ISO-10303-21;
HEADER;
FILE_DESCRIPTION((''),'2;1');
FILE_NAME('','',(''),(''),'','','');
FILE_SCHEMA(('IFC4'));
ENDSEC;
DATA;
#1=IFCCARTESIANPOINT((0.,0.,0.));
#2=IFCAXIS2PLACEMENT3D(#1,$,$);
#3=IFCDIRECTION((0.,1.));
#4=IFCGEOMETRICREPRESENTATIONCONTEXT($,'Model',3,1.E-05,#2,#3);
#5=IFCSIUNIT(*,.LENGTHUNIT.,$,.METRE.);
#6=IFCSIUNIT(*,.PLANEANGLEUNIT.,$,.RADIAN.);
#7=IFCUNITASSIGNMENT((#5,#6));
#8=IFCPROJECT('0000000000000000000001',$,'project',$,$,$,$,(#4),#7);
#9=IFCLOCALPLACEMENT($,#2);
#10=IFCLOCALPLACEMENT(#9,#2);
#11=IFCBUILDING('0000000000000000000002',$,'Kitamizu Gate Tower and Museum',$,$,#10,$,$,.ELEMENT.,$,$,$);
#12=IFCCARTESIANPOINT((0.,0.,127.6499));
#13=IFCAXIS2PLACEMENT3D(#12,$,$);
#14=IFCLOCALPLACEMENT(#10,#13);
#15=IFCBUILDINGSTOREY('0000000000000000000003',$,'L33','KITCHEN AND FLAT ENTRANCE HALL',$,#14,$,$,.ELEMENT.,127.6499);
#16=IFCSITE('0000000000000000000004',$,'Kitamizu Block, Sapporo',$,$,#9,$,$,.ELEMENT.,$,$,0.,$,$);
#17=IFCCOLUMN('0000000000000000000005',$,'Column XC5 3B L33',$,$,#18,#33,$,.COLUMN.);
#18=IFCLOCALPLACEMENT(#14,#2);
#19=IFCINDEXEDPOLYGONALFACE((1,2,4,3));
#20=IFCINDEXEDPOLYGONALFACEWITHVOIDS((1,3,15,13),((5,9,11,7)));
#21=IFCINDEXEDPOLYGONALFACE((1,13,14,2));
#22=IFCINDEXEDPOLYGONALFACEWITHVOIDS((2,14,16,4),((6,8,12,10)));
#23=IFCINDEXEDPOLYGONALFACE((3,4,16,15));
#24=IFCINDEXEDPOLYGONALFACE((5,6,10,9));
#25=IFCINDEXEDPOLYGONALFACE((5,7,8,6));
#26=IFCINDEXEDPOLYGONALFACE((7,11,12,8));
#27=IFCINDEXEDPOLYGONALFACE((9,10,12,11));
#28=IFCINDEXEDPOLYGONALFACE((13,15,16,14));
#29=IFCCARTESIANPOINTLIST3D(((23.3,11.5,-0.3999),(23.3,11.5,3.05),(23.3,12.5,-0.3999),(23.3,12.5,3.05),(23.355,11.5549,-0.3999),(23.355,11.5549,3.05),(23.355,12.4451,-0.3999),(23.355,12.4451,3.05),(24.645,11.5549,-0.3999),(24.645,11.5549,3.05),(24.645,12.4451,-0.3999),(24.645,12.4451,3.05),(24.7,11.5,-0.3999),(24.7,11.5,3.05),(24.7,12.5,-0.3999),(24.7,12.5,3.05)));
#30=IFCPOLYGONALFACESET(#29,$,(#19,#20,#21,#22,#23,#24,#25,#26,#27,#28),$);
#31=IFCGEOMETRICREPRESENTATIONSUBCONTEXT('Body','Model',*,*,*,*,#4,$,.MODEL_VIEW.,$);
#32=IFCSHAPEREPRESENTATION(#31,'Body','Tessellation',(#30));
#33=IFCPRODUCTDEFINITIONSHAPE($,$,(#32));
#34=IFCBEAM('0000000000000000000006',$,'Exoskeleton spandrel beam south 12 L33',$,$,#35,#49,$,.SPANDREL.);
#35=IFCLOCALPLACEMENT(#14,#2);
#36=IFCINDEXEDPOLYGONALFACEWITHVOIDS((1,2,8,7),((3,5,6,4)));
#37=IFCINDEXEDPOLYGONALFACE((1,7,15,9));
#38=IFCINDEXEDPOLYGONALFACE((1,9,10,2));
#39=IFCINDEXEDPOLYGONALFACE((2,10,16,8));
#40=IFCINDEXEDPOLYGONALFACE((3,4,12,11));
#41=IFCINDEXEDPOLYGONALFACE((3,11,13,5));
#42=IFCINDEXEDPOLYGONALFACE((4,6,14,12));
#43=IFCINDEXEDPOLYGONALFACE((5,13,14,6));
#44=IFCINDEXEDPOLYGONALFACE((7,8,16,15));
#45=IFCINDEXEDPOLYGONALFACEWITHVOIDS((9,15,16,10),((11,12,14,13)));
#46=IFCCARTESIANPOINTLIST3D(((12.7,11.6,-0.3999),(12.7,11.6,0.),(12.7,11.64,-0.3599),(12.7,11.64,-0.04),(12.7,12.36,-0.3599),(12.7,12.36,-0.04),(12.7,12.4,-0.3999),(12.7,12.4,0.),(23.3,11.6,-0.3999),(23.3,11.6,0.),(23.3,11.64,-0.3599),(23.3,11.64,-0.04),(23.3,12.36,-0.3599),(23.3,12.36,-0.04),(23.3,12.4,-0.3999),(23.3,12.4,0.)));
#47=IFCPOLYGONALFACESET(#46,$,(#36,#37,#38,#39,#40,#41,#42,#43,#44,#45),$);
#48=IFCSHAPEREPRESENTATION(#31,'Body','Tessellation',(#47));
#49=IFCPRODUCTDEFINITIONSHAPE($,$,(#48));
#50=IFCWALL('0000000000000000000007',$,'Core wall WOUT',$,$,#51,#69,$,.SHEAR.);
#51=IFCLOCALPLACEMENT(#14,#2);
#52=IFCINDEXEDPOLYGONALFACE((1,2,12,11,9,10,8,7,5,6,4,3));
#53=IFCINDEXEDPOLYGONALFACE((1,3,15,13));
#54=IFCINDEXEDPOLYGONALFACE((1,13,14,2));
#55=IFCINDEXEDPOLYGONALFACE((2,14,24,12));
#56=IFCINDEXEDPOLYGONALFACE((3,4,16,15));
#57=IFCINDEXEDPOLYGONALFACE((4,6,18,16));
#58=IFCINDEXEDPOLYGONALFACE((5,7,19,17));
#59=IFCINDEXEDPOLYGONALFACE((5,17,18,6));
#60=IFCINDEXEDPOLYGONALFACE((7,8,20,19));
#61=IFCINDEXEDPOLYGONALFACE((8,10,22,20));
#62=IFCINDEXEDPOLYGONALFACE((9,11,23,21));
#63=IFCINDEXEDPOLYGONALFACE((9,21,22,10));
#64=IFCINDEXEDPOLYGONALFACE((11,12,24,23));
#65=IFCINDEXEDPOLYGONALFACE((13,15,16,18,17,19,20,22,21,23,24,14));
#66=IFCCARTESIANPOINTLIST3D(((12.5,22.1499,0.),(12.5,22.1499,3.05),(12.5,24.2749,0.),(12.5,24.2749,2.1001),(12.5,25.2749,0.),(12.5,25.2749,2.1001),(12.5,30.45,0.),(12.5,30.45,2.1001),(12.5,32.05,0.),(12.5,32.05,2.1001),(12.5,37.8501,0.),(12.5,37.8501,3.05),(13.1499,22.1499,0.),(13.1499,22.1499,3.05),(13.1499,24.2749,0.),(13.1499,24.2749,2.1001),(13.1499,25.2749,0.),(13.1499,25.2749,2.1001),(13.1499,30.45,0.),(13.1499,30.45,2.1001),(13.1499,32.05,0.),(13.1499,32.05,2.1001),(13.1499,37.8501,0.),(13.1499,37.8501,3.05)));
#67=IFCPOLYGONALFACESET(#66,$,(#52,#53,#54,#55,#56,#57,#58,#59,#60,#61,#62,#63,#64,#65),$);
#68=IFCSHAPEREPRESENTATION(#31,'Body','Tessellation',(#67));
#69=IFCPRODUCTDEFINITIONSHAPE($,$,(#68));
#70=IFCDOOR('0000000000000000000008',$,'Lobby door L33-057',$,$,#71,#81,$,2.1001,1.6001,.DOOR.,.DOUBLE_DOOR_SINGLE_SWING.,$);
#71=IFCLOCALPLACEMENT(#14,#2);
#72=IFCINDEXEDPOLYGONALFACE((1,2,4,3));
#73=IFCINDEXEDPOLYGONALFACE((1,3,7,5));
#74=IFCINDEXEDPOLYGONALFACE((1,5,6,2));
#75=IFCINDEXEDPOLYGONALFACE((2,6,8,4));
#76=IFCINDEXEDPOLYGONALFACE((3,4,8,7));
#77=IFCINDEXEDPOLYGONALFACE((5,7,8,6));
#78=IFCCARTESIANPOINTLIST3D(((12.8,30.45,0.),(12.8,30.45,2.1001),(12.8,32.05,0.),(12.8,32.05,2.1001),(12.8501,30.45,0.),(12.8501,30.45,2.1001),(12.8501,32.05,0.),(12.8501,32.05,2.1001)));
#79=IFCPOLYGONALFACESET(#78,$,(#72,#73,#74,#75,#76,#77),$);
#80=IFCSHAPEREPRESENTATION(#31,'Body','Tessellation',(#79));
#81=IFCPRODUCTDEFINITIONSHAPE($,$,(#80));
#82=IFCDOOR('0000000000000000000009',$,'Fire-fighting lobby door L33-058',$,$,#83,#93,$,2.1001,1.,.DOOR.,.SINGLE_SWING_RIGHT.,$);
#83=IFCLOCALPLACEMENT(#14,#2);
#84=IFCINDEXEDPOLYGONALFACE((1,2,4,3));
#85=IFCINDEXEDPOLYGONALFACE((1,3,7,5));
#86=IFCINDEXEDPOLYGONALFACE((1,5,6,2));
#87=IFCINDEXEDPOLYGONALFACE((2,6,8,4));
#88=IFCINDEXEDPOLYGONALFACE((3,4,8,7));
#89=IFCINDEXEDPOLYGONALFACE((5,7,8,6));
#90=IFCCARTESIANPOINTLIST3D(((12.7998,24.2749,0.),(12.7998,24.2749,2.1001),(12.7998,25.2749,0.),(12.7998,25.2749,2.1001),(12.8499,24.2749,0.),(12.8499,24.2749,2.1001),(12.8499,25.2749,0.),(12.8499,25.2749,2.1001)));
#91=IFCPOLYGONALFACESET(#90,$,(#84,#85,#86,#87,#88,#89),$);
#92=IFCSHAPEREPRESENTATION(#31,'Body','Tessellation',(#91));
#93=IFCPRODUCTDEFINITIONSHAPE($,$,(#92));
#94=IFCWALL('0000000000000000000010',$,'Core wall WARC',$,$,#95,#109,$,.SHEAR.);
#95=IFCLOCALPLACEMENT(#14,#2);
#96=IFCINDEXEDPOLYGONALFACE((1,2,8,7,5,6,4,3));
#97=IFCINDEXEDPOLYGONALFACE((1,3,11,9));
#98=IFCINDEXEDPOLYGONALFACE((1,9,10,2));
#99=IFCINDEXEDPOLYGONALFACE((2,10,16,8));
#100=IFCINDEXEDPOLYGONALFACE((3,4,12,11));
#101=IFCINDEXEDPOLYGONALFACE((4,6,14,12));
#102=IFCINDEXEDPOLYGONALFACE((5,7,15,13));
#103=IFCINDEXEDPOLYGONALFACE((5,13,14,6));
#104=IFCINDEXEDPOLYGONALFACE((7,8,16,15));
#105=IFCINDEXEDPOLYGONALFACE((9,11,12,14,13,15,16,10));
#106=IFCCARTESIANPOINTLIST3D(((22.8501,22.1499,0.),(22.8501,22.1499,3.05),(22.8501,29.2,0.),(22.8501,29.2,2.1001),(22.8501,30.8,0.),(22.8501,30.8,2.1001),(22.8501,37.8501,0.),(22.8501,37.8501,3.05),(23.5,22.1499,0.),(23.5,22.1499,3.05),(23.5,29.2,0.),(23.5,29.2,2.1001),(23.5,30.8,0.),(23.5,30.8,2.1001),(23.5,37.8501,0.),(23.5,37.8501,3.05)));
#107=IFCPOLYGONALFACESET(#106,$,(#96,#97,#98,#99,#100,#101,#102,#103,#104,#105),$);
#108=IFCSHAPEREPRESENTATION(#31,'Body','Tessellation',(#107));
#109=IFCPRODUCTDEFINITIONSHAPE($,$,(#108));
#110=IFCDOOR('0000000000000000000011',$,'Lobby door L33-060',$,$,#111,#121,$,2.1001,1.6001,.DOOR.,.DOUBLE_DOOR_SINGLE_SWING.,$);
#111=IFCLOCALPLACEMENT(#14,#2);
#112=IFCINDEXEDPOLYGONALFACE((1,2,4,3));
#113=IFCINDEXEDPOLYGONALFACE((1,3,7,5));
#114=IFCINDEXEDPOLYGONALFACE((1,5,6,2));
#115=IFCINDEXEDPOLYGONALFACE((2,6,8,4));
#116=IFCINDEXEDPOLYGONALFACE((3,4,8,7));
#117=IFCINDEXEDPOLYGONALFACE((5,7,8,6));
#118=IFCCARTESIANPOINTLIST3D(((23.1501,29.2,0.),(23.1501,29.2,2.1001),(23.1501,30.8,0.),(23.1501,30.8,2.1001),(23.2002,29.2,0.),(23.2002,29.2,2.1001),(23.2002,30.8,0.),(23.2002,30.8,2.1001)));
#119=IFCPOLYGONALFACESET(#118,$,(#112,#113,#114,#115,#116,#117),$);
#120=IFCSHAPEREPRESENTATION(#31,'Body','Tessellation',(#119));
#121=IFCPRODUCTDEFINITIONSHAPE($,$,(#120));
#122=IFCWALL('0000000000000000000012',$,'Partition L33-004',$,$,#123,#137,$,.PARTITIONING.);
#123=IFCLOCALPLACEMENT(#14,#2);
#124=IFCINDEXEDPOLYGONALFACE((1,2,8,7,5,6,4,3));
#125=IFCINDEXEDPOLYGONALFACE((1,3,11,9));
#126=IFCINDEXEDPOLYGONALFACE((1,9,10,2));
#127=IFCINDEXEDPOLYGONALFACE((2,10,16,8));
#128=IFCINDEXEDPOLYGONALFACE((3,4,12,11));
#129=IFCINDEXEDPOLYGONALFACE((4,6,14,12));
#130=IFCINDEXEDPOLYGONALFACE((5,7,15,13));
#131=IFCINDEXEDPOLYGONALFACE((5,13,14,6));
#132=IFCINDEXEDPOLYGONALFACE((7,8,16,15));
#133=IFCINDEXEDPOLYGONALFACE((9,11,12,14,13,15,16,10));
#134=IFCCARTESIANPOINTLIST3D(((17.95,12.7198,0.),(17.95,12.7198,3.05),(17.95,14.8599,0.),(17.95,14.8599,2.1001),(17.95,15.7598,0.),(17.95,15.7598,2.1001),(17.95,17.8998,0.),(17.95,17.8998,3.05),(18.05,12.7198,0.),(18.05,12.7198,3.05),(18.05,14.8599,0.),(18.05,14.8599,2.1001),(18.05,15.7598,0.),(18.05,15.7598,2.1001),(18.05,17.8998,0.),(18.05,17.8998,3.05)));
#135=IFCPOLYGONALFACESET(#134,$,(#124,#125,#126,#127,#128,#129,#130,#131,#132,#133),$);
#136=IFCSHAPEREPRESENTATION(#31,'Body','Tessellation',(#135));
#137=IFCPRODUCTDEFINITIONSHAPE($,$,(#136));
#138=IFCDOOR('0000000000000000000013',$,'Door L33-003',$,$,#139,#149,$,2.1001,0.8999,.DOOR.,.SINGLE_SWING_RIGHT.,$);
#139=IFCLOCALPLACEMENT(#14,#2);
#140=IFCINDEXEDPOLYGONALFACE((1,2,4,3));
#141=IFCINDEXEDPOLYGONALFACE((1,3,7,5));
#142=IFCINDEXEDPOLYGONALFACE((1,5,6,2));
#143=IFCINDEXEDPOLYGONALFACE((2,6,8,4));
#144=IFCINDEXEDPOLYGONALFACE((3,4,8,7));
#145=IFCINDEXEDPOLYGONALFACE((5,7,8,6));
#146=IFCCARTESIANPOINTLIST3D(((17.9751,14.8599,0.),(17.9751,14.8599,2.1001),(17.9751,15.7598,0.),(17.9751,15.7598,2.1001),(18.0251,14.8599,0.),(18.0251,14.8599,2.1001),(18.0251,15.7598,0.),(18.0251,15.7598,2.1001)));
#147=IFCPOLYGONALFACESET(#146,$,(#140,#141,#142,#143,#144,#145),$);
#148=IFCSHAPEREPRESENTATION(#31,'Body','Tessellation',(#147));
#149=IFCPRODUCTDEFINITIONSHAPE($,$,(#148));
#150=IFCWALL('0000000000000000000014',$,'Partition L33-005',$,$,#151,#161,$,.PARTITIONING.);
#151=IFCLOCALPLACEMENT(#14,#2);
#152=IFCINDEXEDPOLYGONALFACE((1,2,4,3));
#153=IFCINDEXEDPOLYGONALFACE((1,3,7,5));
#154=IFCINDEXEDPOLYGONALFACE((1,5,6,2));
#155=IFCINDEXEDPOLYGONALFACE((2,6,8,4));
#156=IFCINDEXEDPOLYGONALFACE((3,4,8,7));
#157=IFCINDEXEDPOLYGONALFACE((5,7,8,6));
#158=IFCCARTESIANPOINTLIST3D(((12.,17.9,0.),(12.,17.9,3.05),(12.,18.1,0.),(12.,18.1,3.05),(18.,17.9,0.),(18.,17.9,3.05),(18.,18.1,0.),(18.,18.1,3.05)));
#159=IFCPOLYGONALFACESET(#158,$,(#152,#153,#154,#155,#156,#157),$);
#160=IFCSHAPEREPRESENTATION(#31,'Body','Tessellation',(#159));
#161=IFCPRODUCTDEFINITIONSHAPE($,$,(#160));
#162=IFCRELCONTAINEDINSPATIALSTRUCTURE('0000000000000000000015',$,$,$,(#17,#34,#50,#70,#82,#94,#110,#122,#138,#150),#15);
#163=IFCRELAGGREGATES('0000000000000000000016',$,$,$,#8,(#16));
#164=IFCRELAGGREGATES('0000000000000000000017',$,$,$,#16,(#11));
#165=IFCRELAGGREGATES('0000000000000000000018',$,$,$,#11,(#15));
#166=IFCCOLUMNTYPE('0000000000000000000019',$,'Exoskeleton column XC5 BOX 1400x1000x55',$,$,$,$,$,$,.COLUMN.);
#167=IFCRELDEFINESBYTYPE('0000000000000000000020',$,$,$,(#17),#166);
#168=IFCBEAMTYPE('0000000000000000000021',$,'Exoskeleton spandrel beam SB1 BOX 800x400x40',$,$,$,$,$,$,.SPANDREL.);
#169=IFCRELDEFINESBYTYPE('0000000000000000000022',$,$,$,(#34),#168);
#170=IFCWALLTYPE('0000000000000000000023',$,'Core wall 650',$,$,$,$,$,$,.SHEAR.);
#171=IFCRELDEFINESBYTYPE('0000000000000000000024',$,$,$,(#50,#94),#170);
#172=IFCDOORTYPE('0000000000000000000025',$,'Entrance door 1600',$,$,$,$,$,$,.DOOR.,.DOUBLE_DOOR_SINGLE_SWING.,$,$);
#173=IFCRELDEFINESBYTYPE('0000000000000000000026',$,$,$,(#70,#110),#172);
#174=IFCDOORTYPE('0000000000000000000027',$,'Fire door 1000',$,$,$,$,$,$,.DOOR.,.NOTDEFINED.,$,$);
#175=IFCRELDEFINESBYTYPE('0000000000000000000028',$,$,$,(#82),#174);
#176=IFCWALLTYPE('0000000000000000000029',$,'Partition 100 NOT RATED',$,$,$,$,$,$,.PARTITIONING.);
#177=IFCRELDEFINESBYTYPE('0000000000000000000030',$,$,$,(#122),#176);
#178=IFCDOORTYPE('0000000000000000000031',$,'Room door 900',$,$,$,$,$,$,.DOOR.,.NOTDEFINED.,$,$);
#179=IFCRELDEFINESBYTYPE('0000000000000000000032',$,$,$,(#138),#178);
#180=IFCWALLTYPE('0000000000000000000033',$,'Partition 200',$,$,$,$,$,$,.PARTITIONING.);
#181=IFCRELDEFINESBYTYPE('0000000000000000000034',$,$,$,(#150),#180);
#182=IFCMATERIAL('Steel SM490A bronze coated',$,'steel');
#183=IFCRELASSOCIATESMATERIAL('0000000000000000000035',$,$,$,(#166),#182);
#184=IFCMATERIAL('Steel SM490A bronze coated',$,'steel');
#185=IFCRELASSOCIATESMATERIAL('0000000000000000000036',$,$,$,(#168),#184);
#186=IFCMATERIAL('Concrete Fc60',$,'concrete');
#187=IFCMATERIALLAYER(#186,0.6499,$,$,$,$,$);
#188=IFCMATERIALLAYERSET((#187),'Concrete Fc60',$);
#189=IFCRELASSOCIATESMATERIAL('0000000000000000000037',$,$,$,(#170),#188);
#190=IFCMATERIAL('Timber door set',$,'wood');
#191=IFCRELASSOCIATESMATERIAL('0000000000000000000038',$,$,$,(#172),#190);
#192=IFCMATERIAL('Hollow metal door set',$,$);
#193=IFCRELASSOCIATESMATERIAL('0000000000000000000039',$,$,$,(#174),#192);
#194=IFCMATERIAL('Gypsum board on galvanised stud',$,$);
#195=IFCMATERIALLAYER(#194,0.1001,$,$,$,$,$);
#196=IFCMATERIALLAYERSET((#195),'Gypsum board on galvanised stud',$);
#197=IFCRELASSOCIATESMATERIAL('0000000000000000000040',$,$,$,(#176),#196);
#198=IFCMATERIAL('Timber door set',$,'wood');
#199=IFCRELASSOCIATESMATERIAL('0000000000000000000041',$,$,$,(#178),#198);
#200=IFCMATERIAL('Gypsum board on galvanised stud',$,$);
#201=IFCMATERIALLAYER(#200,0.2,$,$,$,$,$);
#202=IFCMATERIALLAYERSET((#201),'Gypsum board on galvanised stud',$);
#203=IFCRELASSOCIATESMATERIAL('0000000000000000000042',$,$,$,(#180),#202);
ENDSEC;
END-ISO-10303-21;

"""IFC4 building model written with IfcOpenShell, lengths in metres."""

from ifc_helpers import new_model, si_unit, direction, frame, frame_2d, origin, origin_2d, place, context, subcontext, project, spatial, rectangle, hollow_rectangle, extrude, material, layer, layer_set, material_profile, profile_set, type_object, element, fill, save


model = new_model("IFC4")

# Units and contexts
model_context = context("Model", 3, precision=1e-05, world=origin(), true_north=direction((0.0, 1.0)))
body_context = subcontext(model_context, "Body", "Model", "MODEL_VIEW")
ifc_project = project(units=[si_unit("LENGTHUNIT", "METRE"), si_unit("PLANEANGLEUNIT", "RADIAN")], contexts=[model_context])

# Site, building, storey
site_placement = place(None, origin())
site = spatial("IfcSite", under=ifc_project, at=site_placement, Name="Kitamizu Block, Sapporo", CompositionType="ELEMENT", RefElevation=0.0)
building_placement = place(site_placement, origin())
building = spatial("IfcBuilding", under=site, at=building_placement, Name="Kitamizu Gate Tower and Museum", CompositionType="ELEMENT")
storey_placement = place(building_placement, frame((0.0, 0.0, 127.6499)))
storey = spatial("IfcBuildingStorey", under=building, at=storey_placement, Name="L33", Description="KITCHEN AND FLAT ENTRANCE HALL", CompositionType="ELEMENT", Elevation=127.6499)

# Column
ifc_material_1 = material(Name="Steel SM490A bronze coated", Category="steel")
ifc_material_profile_1 = material_profile(ifc_material_1, hollow_rectangle(XDim=1.3999, YDim=1.0, WallThickness=0.0549, at=origin_2d()), Name="BOX 1400x1000x55")
ifc_profile_set_1 = profile_set([ifc_material_profile_1], Name="Steel SM490A bronze coated")
column_type = type_object("IfcColumnType", Name="Exoskeleton column XC5 BOX 1400x1000x55", PredefinedType="COLUMN", material=ifc_profile_set_1)
column_placement = place(storey_placement, frame((24.0, 12.0, -0.3999), z_axis=(0.0, 0.0, 1.0), x_axis=(1.0, 0.0, 0.0)))
element("IfcColumn", 1, at=column_placement, inside=storey, type_object=column_type, Name="Column XC5 3B L33", PredefinedType="COLUMN", context=body_context, shape_type="SweptSolid", body=[
    extrude(hollow_rectangle(XDim=1.3999, YDim=1.0, WallThickness=0.0549, at=origin_2d()), origin(), (0.0, 0.0, 1.0), 3.45),
])

# Beam
ifc_material_2 = material(Name="Steel SM490A bronze coated", Category="steel")
ifc_material_profile_2 = material_profile(ifc_material_2, hollow_rectangle(XDim=0.8, YDim=0.3999, WallThickness=0.04, at=origin_2d()), Name="BOX 800x400x40")
ifc_profile_set_2 = profile_set([ifc_material_profile_2], Name="Steel SM490A bronze coated")
beam_type = type_object("IfcBeamType", Name="Exoskeleton spandrel beam SB1 BOX 800x400x40", PredefinedType="SPANDREL", material=ifc_profile_set_2)
beam_placement = place(storey_placement, frame((12.7, 12.0, -0.2), z_axis=(1.0, 0.0, 0.0), x_axis=(0.0, 1.0, 0.0)))
element("IfcBeam", 2, at=beam_placement, inside=storey, type_object=beam_type, Name="Exoskeleton spandrel beam south 12 L33", PredefinedType="SPANDREL", context=body_context, shape_type="SweptSolid", body=[
    extrude(hollow_rectangle(XDim=0.8, YDim=0.3999, WallThickness=0.04, at=origin_2d()), origin(), (0.0, 0.0, 1.0), 10.6001),
])

# Wall, openings, doors
ifc_material_3 = material(Name="Concrete Fc60", Category="concrete")
ifc_layer_1 = layer(ifc_material_3, 0.6499)
ifc_layer_set_1 = layer_set([ifc_layer_1], Name="Concrete Fc60")
wall_type_1 = type_object("IfcWallType", Name="Core wall 650", PredefinedType="SHEAR", material=ifc_layer_set_1)
wall_1_placement = place(storey_placement, frame((12.825, 22.1499, 0.0), z_axis=(0.0, 0.0, 1.0), x_axis=(0.0, 1.0, 0.0)))
wall_1 = element("IfcWall", 3, at=wall_1_placement, inside=storey, type_object=wall_type_1, Name="Core wall WOUT", PredefinedType="SHEAR", context=body_context, shape_type="SweptSolid", body=[
    extrude(rectangle(XDim=15.7002, YDim=0.6499, at=frame_2d((7.8501, 0.0))), origin(), (0.0, 0.0, 1.0), 3.05),
])
opening_1_placement = place(wall_1_placement, frame((8.3, 0.0, 0.0)))
opening_1 = element("IfcOpeningElement", 4, at=opening_1_placement, cuts=wall_1, PredefinedType="OPENING", context=body_context, shape_type="SweptSolid", body=[
    extrude(rectangle(XDim=1.6001, YDim=2.1001, at=frame_2d((0.8, 1.05))), frame((0.0, 0.335, 0.0), z_axis=(0.0, -1.0, 0.0), x_axis=(1.0, 0.0, 0.0)), (0.0, 0.0, 1.0), 0.6699),
])
opening_2_placement = place(wall_1_placement, frame((2.125, 0.0, 0.0)))
opening_2 = element("IfcOpeningElement", 5, at=opening_2_placement, cuts=wall_1, PredefinedType="OPENING", context=body_context, shape_type="SweptSolid", body=[
    extrude(rectangle(XDim=1.0, YDim=2.1001, at=frame_2d((0.5, 1.05))), frame((0.0, 0.335, 0.0), z_axis=(0.0, -1.0, 0.0), x_axis=(1.0, 0.0, 0.0)), (0.0, 0.0, 1.0), 0.6699),
])
ifc_material_4 = material(Name="Timber door set", Category="wood")
door_type_1 = type_object("IfcDoorType", Name="Entrance door 1600", OperationType="DOUBLE_DOOR_SINGLE_SWING", PredefinedType="DOOR", material=ifc_material_4)
door_1_placement = place(opening_1_placement, origin())
door_1 = element("IfcDoor", 6, at=door_1_placement, inside=storey, type_object=door_type_1, Name="Lobby door L33-057", OperationType="DOUBLE_DOOR_SINGLE_SWING", OverallHeight=2.1001, OverallWidth=1.6001, PredefinedType="DOOR", context=body_context, shape_type="SweptSolid", body=[
    extrude(rectangle(XDim=1.6001, YDim=2.1001, at=frame_2d((0.8, 1.05))), frame((0.0, 0.0249, 0.0), z_axis=(0.0, -1.0, 0.0), x_axis=(1.0, 0.0, 0.0)), (0.0, 0.0, 1.0), 0.05),
])
fill(opening_1, door_1)
ifc_material_5 = material(Name="Hollow metal door set")
door_type_2 = type_object("IfcDoorType", Name="Fire door 1000", OperationType="NOTDEFINED", PredefinedType="DOOR", material=ifc_material_5)
door_2_placement = place(opening_2_placement, frame((1.0, 0.0, 0.0), x_axis=(-1.0, 0.0, 0.0)))
door_2 = element("IfcDoor", 7, at=door_2_placement, inside=storey, type_object=door_type_2, Name="Fire-fighting lobby door L33-058", OperationType="SINGLE_SWING_RIGHT", OverallHeight=2.1001, OverallWidth=1.0, PredefinedType="DOOR", context=body_context, shape_type="SweptSolid", body=[
    extrude(rectangle(XDim=1.0, YDim=2.1001, at=frame_2d((0.5, 1.05))), frame((0.0, 0.0249, 0.0), z_axis=(0.0, -1.0, 0.0), x_axis=(1.0, 0.0, 0.0)), (0.0, 0.0, 1.0), 0.05),
])
fill(opening_2, door_2)

# Walls, openings, doors
wall_2_placement = place(storey_placement, frame((23.175, 22.1499, 0.0), z_axis=(0.0, 0.0, 1.0), x_axis=(0.0, 1.0, 0.0)))
wall_2 = element("IfcWall", 8, at=wall_2_placement, inside=storey, type_object=wall_type_1, Name="Core wall WARC", PredefinedType="SHEAR", context=body_context, shape_type="SweptSolid", body=[
    extrude(rectangle(XDim=15.7002, YDim=0.6499, at=frame_2d((7.8501, 0.0))), origin(), (0.0, 0.0, 1.0), 3.05),
])
opening_3_placement = place(wall_2_placement, frame((7.05, 0.0, 0.0)))
opening_3 = element("IfcOpeningElement", 9, at=opening_3_placement, cuts=wall_2, PredefinedType="OPENING", context=body_context, shape_type="SweptSolid", body=[
    extrude(rectangle(XDim=1.6001, YDim=2.1001, at=frame_2d((0.8, 1.05))), frame((0.0, 0.335, 0.0), z_axis=(0.0, -1.0, 0.0), x_axis=(1.0, 0.0, 0.0)), (0.0, 0.0, 1.0), 0.6699),
])
door_3_placement = place(opening_3_placement, origin())
door_3 = element("IfcDoor", 10, at=door_3_placement, inside=storey, type_object=door_type_1, Name="Lobby door L33-060", OperationType="DOUBLE_DOOR_SINGLE_SWING", OverallHeight=2.1001, OverallWidth=1.6001, PredefinedType="DOOR", context=body_context, shape_type="SweptSolid", body=[
    extrude(rectangle(XDim=1.6001, YDim=2.1001, at=frame_2d((0.8, 1.05))), frame((0.0, 0.0249, 0.0), z_axis=(0.0, -1.0, 0.0), x_axis=(1.0, 0.0, 0.0)), (0.0, 0.0, 1.0), 0.05),
])
fill(opening_3, door_3)
ifc_material_6 = material(Name="Gypsum board on galvanised stud")
ifc_layer_2 = layer(ifc_material_6, 0.1001)
ifc_layer_set_2 = layer_set([ifc_layer_2], Name="Gypsum board on galvanised stud")
wall_type_2 = type_object("IfcWallType", Name="Partition 100 NOT RATED", PredefinedType="PARTITIONING", material=ifc_layer_set_2)
wall_3_placement = place(storey_placement, frame((18.0, 12.72, 0.0), z_axis=(0.0, 0.0, 1.0), x_axis=(0.0, 1.0, 0.0)))
wall_3 = element("IfcWall", 11, at=wall_3_placement, inside=storey, type_object=wall_type_2, Name="Partition L33-004", PredefinedType="PARTITIONING", context=body_context, shape_type="SweptSolid", body=[
    extrude(rectangle(XDim=5.1799, YDim=0.1001, at=frame_2d((2.5898, 0.0))), origin(), (0.0, 0.0, 1.0), 3.05),
])
opening_4_placement = place(wall_3_placement, frame((2.1399, 0.0, 0.0)))
opening_4 = element("IfcOpeningElement", 12, at=opening_4_placement, cuts=wall_3, PredefinedType="OPENING", context=body_context, shape_type="SweptSolid", body=[
    extrude(rectangle(XDim=0.8999, YDim=2.1001, at=frame_2d((0.45, 1.05))), frame((0.0, 0.0601, 0.0), z_axis=(0.0, -1.0, 0.0), x_axis=(1.0, 0.0, 0.0)), (0.0, 0.0, 1.0), 0.1201),
])
ifc_material_7 = material(Name="Timber door set", Category="wood")
door_type_3 = type_object("IfcDoorType", Name="Room door 900", OperationType="NOTDEFINED", PredefinedType="DOOR", material=ifc_material_7)
door_4_placement = place(opening_4_placement, origin())
door_4 = element("IfcDoor", 13, at=door_4_placement, inside=storey, type_object=door_type_3, Name="Door L33-003", OperationType="SINGLE_SWING_RIGHT", OverallHeight=2.1001, OverallWidth=0.8999, PredefinedType="DOOR", context=body_context, shape_type="SweptSolid", body=[
    extrude(rectangle(XDim=0.8999, YDim=2.1001, at=frame_2d((0.45, 1.05))), frame((0.0, 0.0249, 0.0), z_axis=(0.0, -1.0, 0.0), x_axis=(1.0, 0.0, 0.0)), (0.0, 0.0, 1.0), 0.05),
])
fill(opening_4, door_4)

# Wall
ifc_material_8 = material(Name="Gypsum board on galvanised stud")
ifc_layer_3 = layer(ifc_material_8, 0.2)
ifc_layer_set_3 = layer_set([ifc_layer_3], Name="Gypsum board on galvanised stud")
wall_type_3 = type_object("IfcWallType", Name="Partition 200", PredefinedType="PARTITIONING", material=ifc_layer_set_3)
wall_4_placement = place(storey_placement, frame((18.0, 18.0, 0.0), z_axis=(0.0, 0.0, 1.0), x_axis=(-1.0, 0.0, 0.0)))
element("IfcWall", 14, at=wall_4_placement, inside=storey, type_object=wall_type_3, Name="Partition L33-005", PredefinedType="PARTITIONING", context=body_context, shape_type="SweptSolid", body=[
    extrude(rectangle(XDim=6.0, YDim=0.2, at=frame_2d((3.0, 0.0))), origin(), (0.0, 0.0, 1.0), 3.05),
])

save(model, "model.ifc")
